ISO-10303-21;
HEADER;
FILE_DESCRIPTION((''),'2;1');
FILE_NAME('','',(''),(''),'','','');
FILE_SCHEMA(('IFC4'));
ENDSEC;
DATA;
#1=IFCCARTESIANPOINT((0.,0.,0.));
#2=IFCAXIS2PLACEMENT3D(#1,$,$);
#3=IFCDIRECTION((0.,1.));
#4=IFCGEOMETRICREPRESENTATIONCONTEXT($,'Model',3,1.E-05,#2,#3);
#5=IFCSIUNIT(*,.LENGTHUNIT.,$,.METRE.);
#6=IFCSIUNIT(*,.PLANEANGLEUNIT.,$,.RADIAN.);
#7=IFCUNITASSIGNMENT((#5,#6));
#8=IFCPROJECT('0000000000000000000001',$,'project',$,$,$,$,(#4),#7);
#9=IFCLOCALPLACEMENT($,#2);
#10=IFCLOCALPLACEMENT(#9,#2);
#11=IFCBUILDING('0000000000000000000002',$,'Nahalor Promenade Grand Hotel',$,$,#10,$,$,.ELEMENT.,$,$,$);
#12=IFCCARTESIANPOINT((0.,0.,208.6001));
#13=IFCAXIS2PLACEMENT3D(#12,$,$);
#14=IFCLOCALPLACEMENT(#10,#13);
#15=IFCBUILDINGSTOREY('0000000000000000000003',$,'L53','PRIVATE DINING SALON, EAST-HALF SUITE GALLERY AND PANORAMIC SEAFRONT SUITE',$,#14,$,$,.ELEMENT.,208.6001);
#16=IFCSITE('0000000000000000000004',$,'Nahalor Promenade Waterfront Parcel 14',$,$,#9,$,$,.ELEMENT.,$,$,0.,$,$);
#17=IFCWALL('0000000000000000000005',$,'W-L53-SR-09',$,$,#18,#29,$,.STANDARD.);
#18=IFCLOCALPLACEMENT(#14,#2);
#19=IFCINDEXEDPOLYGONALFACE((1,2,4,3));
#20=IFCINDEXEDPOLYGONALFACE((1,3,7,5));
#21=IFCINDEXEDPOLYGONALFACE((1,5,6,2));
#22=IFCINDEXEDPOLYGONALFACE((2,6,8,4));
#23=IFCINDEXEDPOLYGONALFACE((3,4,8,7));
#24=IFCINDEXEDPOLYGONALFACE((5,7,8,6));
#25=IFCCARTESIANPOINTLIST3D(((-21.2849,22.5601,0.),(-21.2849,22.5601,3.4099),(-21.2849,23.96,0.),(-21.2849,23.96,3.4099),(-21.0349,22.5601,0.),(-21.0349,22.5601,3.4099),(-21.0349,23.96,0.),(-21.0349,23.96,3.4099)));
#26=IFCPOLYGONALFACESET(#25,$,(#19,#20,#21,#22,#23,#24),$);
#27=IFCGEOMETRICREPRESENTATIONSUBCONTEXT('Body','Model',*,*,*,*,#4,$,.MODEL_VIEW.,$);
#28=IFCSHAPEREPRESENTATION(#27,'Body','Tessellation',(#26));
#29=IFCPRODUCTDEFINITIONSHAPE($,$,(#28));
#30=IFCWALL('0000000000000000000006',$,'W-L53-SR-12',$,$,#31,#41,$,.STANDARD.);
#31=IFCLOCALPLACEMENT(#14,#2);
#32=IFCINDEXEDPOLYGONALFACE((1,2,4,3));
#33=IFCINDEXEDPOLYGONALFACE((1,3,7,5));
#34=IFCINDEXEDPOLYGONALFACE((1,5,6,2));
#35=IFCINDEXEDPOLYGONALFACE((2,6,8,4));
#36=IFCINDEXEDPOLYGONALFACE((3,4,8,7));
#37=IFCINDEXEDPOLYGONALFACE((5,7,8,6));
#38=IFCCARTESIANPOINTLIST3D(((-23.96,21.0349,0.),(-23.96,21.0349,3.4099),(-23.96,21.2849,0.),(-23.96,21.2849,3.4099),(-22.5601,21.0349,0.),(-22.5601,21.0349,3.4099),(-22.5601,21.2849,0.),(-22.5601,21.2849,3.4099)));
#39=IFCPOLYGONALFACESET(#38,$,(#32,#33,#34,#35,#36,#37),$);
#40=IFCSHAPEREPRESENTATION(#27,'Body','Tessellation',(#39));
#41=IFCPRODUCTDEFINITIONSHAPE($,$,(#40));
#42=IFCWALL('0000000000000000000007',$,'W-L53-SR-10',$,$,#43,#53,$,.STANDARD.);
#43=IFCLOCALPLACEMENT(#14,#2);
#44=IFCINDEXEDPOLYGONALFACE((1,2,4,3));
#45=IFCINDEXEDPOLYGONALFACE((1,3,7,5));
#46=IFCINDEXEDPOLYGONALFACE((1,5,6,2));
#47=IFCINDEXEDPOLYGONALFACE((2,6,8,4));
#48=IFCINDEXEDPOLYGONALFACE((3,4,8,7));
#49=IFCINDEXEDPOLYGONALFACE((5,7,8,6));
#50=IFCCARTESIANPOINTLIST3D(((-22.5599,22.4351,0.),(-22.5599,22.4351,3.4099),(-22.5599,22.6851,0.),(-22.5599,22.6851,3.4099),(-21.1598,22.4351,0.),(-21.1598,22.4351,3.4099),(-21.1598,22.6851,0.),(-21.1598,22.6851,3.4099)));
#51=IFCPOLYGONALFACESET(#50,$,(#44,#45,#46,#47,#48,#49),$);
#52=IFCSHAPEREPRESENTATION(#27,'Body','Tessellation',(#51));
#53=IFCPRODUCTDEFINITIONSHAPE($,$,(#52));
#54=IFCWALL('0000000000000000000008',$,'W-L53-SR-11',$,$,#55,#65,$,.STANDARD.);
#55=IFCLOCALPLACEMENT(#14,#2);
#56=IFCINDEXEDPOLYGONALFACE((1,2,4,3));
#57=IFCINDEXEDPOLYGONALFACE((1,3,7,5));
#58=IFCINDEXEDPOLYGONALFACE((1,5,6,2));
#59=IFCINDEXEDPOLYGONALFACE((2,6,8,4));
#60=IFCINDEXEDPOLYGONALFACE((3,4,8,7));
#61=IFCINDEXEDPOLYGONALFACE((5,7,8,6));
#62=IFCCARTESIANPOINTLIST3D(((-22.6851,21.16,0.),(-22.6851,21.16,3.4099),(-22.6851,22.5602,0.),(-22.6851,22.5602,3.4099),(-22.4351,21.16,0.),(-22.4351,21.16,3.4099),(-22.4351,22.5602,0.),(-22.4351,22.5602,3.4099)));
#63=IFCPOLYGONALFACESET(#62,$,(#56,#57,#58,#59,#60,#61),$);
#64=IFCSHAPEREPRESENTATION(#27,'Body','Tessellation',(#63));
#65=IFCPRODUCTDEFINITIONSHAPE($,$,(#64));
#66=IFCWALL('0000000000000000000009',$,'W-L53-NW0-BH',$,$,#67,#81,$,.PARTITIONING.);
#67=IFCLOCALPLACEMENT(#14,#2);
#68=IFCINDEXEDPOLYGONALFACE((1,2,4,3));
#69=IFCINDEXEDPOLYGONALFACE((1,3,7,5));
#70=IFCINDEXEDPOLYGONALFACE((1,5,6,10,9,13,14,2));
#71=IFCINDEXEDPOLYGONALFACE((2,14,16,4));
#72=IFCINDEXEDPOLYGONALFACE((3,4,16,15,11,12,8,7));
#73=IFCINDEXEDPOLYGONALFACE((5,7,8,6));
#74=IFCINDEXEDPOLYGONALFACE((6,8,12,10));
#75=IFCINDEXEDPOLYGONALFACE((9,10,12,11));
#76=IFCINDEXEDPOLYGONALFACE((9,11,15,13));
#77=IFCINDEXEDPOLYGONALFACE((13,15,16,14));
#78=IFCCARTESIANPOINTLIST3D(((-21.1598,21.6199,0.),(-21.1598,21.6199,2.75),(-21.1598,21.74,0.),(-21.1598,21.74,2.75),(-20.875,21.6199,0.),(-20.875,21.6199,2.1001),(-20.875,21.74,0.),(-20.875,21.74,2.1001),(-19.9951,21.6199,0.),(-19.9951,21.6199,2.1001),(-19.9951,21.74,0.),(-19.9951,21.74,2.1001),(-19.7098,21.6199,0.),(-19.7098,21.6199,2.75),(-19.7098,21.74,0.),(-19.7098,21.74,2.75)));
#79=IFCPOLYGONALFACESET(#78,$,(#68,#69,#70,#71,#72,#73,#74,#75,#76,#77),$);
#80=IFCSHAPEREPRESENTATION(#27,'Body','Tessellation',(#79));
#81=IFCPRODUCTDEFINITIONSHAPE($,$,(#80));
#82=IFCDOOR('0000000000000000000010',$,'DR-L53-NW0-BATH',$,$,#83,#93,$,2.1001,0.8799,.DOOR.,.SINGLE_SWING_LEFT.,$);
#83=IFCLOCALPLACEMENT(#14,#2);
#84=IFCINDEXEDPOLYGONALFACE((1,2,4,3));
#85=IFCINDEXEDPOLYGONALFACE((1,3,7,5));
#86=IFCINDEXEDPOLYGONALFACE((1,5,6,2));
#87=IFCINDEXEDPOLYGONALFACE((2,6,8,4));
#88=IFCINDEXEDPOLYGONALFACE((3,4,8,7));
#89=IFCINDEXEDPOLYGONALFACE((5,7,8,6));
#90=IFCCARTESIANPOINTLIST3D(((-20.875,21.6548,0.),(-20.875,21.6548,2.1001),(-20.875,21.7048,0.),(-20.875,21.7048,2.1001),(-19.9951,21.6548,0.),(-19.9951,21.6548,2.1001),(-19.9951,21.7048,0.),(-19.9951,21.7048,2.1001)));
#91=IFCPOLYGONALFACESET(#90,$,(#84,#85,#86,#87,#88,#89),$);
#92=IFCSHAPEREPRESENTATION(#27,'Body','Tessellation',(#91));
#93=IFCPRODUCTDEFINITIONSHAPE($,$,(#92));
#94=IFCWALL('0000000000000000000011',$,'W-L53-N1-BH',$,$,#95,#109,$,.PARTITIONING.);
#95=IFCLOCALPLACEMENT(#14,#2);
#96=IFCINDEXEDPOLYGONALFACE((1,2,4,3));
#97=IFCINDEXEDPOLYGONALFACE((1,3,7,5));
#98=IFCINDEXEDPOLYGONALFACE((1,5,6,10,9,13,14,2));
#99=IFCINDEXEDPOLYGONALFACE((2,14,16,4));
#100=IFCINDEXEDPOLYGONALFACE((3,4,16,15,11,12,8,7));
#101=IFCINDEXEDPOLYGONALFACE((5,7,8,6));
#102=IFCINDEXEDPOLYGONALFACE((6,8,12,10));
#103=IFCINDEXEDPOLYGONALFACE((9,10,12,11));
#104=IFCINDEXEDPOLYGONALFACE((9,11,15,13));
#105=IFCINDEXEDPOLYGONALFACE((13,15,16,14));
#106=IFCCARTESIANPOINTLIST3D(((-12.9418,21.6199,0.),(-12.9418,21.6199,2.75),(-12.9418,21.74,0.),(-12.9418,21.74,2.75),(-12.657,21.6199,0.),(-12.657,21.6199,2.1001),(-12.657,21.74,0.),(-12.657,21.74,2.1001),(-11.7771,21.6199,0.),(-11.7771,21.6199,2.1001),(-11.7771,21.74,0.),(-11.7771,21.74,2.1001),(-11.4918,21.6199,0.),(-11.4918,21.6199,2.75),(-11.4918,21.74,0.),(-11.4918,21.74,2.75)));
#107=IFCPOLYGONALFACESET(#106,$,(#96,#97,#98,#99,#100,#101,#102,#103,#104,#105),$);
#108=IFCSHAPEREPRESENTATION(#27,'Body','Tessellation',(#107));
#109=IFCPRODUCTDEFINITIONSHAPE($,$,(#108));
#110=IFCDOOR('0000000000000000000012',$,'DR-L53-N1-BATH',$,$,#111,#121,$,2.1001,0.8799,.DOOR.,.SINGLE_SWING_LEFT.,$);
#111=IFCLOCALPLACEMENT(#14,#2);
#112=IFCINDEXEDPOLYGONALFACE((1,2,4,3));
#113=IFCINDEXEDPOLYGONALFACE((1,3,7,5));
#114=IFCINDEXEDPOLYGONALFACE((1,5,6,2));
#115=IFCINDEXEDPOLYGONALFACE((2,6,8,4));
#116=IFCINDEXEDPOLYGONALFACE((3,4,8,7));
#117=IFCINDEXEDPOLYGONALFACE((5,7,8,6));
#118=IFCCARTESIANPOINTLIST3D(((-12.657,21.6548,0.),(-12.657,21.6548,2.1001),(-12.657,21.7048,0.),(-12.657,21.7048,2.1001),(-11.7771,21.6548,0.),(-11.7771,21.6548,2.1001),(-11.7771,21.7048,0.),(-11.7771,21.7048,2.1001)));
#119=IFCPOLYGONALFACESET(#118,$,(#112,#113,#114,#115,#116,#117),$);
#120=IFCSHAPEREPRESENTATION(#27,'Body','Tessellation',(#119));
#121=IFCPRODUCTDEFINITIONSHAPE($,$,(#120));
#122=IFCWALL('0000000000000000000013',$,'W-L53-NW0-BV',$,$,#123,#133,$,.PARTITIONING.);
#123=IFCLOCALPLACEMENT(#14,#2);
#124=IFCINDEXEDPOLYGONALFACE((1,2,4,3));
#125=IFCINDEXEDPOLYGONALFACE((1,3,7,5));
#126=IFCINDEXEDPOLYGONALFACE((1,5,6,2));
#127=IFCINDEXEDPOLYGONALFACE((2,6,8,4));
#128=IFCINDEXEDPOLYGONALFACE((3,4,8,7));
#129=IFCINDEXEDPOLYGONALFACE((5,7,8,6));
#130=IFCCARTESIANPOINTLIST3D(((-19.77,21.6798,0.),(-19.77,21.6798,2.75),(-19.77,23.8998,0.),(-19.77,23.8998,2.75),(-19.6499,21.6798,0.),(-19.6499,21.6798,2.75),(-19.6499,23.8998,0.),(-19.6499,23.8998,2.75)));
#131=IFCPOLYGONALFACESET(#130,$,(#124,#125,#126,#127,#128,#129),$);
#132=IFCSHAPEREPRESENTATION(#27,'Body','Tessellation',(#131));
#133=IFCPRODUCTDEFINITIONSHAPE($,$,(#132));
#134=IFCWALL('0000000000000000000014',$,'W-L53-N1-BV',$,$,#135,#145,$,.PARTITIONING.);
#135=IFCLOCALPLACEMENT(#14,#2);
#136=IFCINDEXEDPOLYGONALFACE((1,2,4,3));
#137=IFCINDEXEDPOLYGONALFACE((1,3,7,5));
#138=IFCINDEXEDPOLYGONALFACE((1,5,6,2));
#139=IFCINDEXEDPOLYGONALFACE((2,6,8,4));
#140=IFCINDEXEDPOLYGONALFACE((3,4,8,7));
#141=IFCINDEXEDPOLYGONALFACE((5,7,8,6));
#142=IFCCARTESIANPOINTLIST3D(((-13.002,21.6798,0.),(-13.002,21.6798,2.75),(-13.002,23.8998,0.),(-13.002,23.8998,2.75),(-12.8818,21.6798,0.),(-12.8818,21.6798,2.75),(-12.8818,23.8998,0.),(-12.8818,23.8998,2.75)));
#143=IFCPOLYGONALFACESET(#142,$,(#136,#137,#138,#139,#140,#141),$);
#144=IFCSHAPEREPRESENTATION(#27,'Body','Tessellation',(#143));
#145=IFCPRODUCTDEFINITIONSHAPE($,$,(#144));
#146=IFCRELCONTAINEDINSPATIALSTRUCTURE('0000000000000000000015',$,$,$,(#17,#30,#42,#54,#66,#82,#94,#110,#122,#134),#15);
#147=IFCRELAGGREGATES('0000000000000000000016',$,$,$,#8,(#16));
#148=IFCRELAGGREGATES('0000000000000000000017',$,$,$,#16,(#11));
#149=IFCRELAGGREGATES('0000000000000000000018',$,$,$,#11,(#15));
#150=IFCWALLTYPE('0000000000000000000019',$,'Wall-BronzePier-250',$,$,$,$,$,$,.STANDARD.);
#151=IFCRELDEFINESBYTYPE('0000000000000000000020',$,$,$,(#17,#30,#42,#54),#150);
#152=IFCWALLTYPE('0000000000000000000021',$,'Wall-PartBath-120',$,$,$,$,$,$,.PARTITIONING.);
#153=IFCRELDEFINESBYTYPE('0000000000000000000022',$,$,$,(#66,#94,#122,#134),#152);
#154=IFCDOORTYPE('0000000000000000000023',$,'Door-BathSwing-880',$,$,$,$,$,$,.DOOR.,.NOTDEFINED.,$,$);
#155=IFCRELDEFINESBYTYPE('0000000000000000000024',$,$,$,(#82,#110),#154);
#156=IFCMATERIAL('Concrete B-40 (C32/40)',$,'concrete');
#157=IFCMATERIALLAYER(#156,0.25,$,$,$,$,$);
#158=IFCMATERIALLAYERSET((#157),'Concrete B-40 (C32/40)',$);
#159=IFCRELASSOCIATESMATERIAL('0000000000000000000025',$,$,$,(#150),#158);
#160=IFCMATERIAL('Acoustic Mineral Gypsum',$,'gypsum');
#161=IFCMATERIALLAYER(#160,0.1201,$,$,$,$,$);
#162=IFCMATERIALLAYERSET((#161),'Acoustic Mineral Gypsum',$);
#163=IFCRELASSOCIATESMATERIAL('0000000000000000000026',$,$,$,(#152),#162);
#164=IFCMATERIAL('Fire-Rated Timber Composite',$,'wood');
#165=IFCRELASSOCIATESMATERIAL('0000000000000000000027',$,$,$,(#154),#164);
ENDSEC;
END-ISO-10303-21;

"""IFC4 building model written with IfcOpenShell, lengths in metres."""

from ifc_helpers import new_model, si_unit, direction, frame, frame_2d, origin, place, context, subcontext, project, spatial, rectangle, extrude, source, transform, mapped, material, layer, layer_set, type_object, element, fill, save


model = new_model("IFC4")

# Units and contexts
model_context = context("Model", 3, precision=1e-05, world=origin(), true_north=direction((0.0, 1.0)))
body_context = subcontext(model_context, "Body", "Model", "MODEL_VIEW")
ifc_project = project(units=[si_unit("LENGTHUNIT", "METRE"), si_unit("PLANEANGLEUNIT", "RADIAN")], contexts=[model_context])

# Site, building, storey
site_placement = place(None, origin())
site = spatial("IfcSite", under=ifc_project, at=site_placement, Name="Nahalor Promenade Waterfront Parcel 14", CompositionType="ELEMENT", RefElevation=0.0)
building_placement = place(site_placement, origin())
building = spatial("IfcBuilding", under=site, at=building_placement, Name="Nahalor Promenade Grand Hotel", CompositionType="ELEMENT")
storey_placement = place(building_placement, frame((0.0, 0.0, 208.6001)))
storey = spatial("IfcBuildingStorey", under=building, at=storey_placement, Name="L53", Description="PRIVATE DINING SALON, EAST-HALF SUITE GALLERY AND PANORAMIC SEAFRONT SUITE", CompositionType="ELEMENT", Elevation=208.6001)

# Walls
ifc_material_1 = material(Name="Concrete B-40 (C32/40)", Category="concrete")
ifc_layer_1 = layer(ifc_material_1, 0.25)
ifc_layer_set_1 = layer_set([ifc_layer_1], Name="Concrete B-40 (C32/40)")
wall_type_1 = type_object("IfcWallType", Name="Wall-BronzePier-250", PredefinedType="STANDARD", material=ifc_layer_set_1)
shared_shape_1 = source(origin(), body_context, "Body", "SweptSolid", [
    extrude(rectangle(XDim=1.3999, YDim=0.25, at=frame_2d((0.7, 0.0))), origin(), (0.0, 0.0, 1.0), 3.4099),
])
for number, where, z_axis, x_axis, name in (
    (1, (-21.1599, 22.5601, 0.0), (0.0, 0.0, 1.0), (0.0, 1.0, 0.0), "W-L53-SR-09"),
    (2, (-23.96, 21.1599, 0.0), (0.0, 0.0, 1.0), (1.0, 0.0, 0.0), "W-L53-SR-12"),
):
    element("IfcWall", number, at=place(storey_placement, frame(where, z_axis=z_axis, x_axis=x_axis)), inside=storey, type_object=wall_type_1, Name=name, PredefinedType="STANDARD", context=body_context, shape_type="MappedRepresentation", body=[
        mapped(shared_shape_1, transform((0.0, 0.0, 0.0), scale=1.0)),
    ])
shared_shape_2 = source(origin(), body_context, "Body", "SweptSolid", [
    extrude(rectangle(XDim=1.4001, YDim=0.25, at=frame_2d((0.7002, 0.0))), origin(), (0.0, 0.0, 1.0), 3.4099),
])
for number, where, z_axis, x_axis, name in (
    (3, (-22.5601, 22.5601, 0.0), (0.0, 0.0, 1.0), (1.0, 0.0, 0.0), "W-L53-SR-10"),
    (4, (-22.5601, 21.1599, 0.0), (0.0, 0.0, 1.0), (0.0, 1.0, 0.0), "W-L53-SR-11"),
):
    element("IfcWall", number, at=place(storey_placement, frame(where, z_axis=z_axis, x_axis=x_axis)), inside=storey, type_object=wall_type_1, Name=name, PredefinedType="STANDARD", context=body_context, shape_type="MappedRepresentation", body=[
        mapped(shared_shape_2, transform((0.0, 0.0, 0.0), scale=1.0)),
    ])

# Walls, openings, doors
ifc_material_2 = material(Name="Acoustic Mineral Gypsum", Category="gypsum")
ifc_layer_2 = layer(ifc_material_2, 0.1201)
ifc_layer_set_2 = layer_set([ifc_layer_2], Name="Acoustic Mineral Gypsum")
wall_type_2 = type_object("IfcWallType", Name="Wall-PartBath-120", PredefinedType="PARTITIONING", material=ifc_layer_set_2)
shared_shape_3 = source(origin(), body_context, "Body", "SweptSolid", [
    extrude(rectangle(XDim=1.45, YDim=0.1201, at=frame_2d((0.7251, 0.0))), origin(), (0.0, 0.0, 1.0), 2.75),
])
wall_1_placement = place(storey_placement, frame((-21.1599, 21.6799, 0.0), z_axis=(0.0, 0.0, 1.0), x_axis=(1.0, 0.0, 0.0)))
wall_1 = element("IfcWall", 5, at=wall_1_placement, inside=storey, type_object=wall_type_2, Name="W-L53-NW0-BH", PredefinedType="PARTITIONING", context=body_context, shape_type="MappedRepresentation", body=[
    mapped(shared_shape_3, transform((0.0, 0.0, 0.0), scale=1.0)),
])
opening_1_placement = place(wall_1_placement, frame((0.2849, 0.0, 0.0)))
opening_1 = element("IfcOpeningElement", 6, at=opening_1_placement, cuts=wall_1, PredefinedType="OPENING", context=body_context, shape_type="SweptSolid", body=[
    extrude(rectangle(XDim=0.8799, YDim=2.1001, at=frame_2d((0.4399, 1.05))), frame((0.0, 0.0701, 0.0), z_axis=(0.0, -1.0, 0.0), x_axis=(1.0, 0.0, 0.0)), (0.0, 0.0, 1.0), 0.1401),
])
ifc_material_3 = material(Name="Fire-Rated Timber Composite", Category="wood")
door_type = type_object("IfcDoorType", Name="Door-BathSwing-880", OperationType="NOTDEFINED", PredefinedType="DOOR", material=ifc_material_3)
shared_shape_4 = source(origin(), body_context, "Body", "SweptSolid", [
    extrude(rectangle(XDim=0.8799, YDim=2.1001, at=frame_2d((0.4399, 1.05))), frame((0.0, 0.0249, 0.0), z_axis=(0.0, -1.0, 0.0), x_axis=(1.0, 0.0, 0.0)), (0.0, 0.0, 1.0), 0.05),
])
door_1_placement = place(opening_1_placement, origin())
door_1 = element("IfcDoor", 7, at=door_1_placement, inside=storey, type_object=door_type, Name="DR-L53-NW0-BATH", OperationType="SINGLE_SWING_LEFT", OverallHeight=2.1001, OverallWidth=0.8799, PredefinedType="DOOR", context=body_context, shape_type="MappedRepresentation", body=[
    mapped(shared_shape_4, transform((0.0, 0.0, 0.0), scale=1.0)),
])
fill(opening_1, door_1)
wall_2_placement = place(storey_placement, frame((-12.9419, 21.6799, 0.0), z_axis=(0.0, 0.0, 1.0), x_axis=(1.0, 0.0, 0.0)))
wall_2 = element("IfcWall", 8, at=wall_2_placement, inside=storey, type_object=wall_type_2, Name="W-L53-N1-BH", PredefinedType="PARTITIONING", context=body_context, shape_type="MappedRepresentation", body=[
    mapped(shared_shape_3, transform((0.0, 0.0, 0.0), scale=1.0)),
])
opening_2_placement = place(wall_2_placement, frame((0.2849, 0.0, 0.0)))
opening_2 = element("IfcOpeningElement", 9, at=opening_2_placement, cuts=wall_2, PredefinedType="OPENING", context=body_context, shape_type="SweptSolid", body=[
    extrude(rectangle(XDim=0.8799, YDim=2.1001, at=frame_2d((0.4399, 1.05))), frame((0.0, 0.0701, 0.0), z_axis=(0.0, -1.0, 0.0), x_axis=(1.0, 0.0, 0.0)), (0.0, 0.0, 1.0), 0.1401),
])
door_2_placement = place(opening_2_placement, origin())
door_2 = element("IfcDoor", 10, at=door_2_placement, inside=storey, type_object=door_type, Name="DR-L53-N1-BATH", OperationType="SINGLE_SWING_LEFT", OverallHeight=2.1001, OverallWidth=0.8799, PredefinedType="DOOR", context=body_context, shape_type="MappedRepresentation", body=[
    mapped(shared_shape_4, transform((0.0, 0.0, 0.0), scale=1.0)),
])
fill(opening_2, door_2)

# Walls
shared_shape_5 = source(origin(), body_context, "Body", "SweptSolid", [
    extrude(rectangle(XDim=2.22, YDim=0.1201, at=frame_2d((1.1099, 0.0))), origin(), (0.0, 0.0, 1.0), 2.75),
])
for number, where, z_axis, x_axis, name in (
    (11, (-19.71, 21.6799, 0.0), (0.0, 0.0, 1.0), (0.0, 1.0, 0.0), "W-L53-NW0-BV"),
    (12, (-12.9419, 21.6799, 0.0), (0.0, 0.0, 1.0), (0.0, 1.0, 0.0), "W-L53-N1-BV"),
):
    element("IfcWall", number, at=place(storey_placement, frame(where, z_axis=z_axis, x_axis=x_axis)), inside=storey, type_object=wall_type_2, Name=name, PredefinedType="PARTITIONING", context=body_context, shape_type="MappedRepresentation", body=[
        mapped(shared_shape_5, transform((0.0, 0.0, 0.0), scale=1.0)),
    ])

save(model, "model.ifc")
